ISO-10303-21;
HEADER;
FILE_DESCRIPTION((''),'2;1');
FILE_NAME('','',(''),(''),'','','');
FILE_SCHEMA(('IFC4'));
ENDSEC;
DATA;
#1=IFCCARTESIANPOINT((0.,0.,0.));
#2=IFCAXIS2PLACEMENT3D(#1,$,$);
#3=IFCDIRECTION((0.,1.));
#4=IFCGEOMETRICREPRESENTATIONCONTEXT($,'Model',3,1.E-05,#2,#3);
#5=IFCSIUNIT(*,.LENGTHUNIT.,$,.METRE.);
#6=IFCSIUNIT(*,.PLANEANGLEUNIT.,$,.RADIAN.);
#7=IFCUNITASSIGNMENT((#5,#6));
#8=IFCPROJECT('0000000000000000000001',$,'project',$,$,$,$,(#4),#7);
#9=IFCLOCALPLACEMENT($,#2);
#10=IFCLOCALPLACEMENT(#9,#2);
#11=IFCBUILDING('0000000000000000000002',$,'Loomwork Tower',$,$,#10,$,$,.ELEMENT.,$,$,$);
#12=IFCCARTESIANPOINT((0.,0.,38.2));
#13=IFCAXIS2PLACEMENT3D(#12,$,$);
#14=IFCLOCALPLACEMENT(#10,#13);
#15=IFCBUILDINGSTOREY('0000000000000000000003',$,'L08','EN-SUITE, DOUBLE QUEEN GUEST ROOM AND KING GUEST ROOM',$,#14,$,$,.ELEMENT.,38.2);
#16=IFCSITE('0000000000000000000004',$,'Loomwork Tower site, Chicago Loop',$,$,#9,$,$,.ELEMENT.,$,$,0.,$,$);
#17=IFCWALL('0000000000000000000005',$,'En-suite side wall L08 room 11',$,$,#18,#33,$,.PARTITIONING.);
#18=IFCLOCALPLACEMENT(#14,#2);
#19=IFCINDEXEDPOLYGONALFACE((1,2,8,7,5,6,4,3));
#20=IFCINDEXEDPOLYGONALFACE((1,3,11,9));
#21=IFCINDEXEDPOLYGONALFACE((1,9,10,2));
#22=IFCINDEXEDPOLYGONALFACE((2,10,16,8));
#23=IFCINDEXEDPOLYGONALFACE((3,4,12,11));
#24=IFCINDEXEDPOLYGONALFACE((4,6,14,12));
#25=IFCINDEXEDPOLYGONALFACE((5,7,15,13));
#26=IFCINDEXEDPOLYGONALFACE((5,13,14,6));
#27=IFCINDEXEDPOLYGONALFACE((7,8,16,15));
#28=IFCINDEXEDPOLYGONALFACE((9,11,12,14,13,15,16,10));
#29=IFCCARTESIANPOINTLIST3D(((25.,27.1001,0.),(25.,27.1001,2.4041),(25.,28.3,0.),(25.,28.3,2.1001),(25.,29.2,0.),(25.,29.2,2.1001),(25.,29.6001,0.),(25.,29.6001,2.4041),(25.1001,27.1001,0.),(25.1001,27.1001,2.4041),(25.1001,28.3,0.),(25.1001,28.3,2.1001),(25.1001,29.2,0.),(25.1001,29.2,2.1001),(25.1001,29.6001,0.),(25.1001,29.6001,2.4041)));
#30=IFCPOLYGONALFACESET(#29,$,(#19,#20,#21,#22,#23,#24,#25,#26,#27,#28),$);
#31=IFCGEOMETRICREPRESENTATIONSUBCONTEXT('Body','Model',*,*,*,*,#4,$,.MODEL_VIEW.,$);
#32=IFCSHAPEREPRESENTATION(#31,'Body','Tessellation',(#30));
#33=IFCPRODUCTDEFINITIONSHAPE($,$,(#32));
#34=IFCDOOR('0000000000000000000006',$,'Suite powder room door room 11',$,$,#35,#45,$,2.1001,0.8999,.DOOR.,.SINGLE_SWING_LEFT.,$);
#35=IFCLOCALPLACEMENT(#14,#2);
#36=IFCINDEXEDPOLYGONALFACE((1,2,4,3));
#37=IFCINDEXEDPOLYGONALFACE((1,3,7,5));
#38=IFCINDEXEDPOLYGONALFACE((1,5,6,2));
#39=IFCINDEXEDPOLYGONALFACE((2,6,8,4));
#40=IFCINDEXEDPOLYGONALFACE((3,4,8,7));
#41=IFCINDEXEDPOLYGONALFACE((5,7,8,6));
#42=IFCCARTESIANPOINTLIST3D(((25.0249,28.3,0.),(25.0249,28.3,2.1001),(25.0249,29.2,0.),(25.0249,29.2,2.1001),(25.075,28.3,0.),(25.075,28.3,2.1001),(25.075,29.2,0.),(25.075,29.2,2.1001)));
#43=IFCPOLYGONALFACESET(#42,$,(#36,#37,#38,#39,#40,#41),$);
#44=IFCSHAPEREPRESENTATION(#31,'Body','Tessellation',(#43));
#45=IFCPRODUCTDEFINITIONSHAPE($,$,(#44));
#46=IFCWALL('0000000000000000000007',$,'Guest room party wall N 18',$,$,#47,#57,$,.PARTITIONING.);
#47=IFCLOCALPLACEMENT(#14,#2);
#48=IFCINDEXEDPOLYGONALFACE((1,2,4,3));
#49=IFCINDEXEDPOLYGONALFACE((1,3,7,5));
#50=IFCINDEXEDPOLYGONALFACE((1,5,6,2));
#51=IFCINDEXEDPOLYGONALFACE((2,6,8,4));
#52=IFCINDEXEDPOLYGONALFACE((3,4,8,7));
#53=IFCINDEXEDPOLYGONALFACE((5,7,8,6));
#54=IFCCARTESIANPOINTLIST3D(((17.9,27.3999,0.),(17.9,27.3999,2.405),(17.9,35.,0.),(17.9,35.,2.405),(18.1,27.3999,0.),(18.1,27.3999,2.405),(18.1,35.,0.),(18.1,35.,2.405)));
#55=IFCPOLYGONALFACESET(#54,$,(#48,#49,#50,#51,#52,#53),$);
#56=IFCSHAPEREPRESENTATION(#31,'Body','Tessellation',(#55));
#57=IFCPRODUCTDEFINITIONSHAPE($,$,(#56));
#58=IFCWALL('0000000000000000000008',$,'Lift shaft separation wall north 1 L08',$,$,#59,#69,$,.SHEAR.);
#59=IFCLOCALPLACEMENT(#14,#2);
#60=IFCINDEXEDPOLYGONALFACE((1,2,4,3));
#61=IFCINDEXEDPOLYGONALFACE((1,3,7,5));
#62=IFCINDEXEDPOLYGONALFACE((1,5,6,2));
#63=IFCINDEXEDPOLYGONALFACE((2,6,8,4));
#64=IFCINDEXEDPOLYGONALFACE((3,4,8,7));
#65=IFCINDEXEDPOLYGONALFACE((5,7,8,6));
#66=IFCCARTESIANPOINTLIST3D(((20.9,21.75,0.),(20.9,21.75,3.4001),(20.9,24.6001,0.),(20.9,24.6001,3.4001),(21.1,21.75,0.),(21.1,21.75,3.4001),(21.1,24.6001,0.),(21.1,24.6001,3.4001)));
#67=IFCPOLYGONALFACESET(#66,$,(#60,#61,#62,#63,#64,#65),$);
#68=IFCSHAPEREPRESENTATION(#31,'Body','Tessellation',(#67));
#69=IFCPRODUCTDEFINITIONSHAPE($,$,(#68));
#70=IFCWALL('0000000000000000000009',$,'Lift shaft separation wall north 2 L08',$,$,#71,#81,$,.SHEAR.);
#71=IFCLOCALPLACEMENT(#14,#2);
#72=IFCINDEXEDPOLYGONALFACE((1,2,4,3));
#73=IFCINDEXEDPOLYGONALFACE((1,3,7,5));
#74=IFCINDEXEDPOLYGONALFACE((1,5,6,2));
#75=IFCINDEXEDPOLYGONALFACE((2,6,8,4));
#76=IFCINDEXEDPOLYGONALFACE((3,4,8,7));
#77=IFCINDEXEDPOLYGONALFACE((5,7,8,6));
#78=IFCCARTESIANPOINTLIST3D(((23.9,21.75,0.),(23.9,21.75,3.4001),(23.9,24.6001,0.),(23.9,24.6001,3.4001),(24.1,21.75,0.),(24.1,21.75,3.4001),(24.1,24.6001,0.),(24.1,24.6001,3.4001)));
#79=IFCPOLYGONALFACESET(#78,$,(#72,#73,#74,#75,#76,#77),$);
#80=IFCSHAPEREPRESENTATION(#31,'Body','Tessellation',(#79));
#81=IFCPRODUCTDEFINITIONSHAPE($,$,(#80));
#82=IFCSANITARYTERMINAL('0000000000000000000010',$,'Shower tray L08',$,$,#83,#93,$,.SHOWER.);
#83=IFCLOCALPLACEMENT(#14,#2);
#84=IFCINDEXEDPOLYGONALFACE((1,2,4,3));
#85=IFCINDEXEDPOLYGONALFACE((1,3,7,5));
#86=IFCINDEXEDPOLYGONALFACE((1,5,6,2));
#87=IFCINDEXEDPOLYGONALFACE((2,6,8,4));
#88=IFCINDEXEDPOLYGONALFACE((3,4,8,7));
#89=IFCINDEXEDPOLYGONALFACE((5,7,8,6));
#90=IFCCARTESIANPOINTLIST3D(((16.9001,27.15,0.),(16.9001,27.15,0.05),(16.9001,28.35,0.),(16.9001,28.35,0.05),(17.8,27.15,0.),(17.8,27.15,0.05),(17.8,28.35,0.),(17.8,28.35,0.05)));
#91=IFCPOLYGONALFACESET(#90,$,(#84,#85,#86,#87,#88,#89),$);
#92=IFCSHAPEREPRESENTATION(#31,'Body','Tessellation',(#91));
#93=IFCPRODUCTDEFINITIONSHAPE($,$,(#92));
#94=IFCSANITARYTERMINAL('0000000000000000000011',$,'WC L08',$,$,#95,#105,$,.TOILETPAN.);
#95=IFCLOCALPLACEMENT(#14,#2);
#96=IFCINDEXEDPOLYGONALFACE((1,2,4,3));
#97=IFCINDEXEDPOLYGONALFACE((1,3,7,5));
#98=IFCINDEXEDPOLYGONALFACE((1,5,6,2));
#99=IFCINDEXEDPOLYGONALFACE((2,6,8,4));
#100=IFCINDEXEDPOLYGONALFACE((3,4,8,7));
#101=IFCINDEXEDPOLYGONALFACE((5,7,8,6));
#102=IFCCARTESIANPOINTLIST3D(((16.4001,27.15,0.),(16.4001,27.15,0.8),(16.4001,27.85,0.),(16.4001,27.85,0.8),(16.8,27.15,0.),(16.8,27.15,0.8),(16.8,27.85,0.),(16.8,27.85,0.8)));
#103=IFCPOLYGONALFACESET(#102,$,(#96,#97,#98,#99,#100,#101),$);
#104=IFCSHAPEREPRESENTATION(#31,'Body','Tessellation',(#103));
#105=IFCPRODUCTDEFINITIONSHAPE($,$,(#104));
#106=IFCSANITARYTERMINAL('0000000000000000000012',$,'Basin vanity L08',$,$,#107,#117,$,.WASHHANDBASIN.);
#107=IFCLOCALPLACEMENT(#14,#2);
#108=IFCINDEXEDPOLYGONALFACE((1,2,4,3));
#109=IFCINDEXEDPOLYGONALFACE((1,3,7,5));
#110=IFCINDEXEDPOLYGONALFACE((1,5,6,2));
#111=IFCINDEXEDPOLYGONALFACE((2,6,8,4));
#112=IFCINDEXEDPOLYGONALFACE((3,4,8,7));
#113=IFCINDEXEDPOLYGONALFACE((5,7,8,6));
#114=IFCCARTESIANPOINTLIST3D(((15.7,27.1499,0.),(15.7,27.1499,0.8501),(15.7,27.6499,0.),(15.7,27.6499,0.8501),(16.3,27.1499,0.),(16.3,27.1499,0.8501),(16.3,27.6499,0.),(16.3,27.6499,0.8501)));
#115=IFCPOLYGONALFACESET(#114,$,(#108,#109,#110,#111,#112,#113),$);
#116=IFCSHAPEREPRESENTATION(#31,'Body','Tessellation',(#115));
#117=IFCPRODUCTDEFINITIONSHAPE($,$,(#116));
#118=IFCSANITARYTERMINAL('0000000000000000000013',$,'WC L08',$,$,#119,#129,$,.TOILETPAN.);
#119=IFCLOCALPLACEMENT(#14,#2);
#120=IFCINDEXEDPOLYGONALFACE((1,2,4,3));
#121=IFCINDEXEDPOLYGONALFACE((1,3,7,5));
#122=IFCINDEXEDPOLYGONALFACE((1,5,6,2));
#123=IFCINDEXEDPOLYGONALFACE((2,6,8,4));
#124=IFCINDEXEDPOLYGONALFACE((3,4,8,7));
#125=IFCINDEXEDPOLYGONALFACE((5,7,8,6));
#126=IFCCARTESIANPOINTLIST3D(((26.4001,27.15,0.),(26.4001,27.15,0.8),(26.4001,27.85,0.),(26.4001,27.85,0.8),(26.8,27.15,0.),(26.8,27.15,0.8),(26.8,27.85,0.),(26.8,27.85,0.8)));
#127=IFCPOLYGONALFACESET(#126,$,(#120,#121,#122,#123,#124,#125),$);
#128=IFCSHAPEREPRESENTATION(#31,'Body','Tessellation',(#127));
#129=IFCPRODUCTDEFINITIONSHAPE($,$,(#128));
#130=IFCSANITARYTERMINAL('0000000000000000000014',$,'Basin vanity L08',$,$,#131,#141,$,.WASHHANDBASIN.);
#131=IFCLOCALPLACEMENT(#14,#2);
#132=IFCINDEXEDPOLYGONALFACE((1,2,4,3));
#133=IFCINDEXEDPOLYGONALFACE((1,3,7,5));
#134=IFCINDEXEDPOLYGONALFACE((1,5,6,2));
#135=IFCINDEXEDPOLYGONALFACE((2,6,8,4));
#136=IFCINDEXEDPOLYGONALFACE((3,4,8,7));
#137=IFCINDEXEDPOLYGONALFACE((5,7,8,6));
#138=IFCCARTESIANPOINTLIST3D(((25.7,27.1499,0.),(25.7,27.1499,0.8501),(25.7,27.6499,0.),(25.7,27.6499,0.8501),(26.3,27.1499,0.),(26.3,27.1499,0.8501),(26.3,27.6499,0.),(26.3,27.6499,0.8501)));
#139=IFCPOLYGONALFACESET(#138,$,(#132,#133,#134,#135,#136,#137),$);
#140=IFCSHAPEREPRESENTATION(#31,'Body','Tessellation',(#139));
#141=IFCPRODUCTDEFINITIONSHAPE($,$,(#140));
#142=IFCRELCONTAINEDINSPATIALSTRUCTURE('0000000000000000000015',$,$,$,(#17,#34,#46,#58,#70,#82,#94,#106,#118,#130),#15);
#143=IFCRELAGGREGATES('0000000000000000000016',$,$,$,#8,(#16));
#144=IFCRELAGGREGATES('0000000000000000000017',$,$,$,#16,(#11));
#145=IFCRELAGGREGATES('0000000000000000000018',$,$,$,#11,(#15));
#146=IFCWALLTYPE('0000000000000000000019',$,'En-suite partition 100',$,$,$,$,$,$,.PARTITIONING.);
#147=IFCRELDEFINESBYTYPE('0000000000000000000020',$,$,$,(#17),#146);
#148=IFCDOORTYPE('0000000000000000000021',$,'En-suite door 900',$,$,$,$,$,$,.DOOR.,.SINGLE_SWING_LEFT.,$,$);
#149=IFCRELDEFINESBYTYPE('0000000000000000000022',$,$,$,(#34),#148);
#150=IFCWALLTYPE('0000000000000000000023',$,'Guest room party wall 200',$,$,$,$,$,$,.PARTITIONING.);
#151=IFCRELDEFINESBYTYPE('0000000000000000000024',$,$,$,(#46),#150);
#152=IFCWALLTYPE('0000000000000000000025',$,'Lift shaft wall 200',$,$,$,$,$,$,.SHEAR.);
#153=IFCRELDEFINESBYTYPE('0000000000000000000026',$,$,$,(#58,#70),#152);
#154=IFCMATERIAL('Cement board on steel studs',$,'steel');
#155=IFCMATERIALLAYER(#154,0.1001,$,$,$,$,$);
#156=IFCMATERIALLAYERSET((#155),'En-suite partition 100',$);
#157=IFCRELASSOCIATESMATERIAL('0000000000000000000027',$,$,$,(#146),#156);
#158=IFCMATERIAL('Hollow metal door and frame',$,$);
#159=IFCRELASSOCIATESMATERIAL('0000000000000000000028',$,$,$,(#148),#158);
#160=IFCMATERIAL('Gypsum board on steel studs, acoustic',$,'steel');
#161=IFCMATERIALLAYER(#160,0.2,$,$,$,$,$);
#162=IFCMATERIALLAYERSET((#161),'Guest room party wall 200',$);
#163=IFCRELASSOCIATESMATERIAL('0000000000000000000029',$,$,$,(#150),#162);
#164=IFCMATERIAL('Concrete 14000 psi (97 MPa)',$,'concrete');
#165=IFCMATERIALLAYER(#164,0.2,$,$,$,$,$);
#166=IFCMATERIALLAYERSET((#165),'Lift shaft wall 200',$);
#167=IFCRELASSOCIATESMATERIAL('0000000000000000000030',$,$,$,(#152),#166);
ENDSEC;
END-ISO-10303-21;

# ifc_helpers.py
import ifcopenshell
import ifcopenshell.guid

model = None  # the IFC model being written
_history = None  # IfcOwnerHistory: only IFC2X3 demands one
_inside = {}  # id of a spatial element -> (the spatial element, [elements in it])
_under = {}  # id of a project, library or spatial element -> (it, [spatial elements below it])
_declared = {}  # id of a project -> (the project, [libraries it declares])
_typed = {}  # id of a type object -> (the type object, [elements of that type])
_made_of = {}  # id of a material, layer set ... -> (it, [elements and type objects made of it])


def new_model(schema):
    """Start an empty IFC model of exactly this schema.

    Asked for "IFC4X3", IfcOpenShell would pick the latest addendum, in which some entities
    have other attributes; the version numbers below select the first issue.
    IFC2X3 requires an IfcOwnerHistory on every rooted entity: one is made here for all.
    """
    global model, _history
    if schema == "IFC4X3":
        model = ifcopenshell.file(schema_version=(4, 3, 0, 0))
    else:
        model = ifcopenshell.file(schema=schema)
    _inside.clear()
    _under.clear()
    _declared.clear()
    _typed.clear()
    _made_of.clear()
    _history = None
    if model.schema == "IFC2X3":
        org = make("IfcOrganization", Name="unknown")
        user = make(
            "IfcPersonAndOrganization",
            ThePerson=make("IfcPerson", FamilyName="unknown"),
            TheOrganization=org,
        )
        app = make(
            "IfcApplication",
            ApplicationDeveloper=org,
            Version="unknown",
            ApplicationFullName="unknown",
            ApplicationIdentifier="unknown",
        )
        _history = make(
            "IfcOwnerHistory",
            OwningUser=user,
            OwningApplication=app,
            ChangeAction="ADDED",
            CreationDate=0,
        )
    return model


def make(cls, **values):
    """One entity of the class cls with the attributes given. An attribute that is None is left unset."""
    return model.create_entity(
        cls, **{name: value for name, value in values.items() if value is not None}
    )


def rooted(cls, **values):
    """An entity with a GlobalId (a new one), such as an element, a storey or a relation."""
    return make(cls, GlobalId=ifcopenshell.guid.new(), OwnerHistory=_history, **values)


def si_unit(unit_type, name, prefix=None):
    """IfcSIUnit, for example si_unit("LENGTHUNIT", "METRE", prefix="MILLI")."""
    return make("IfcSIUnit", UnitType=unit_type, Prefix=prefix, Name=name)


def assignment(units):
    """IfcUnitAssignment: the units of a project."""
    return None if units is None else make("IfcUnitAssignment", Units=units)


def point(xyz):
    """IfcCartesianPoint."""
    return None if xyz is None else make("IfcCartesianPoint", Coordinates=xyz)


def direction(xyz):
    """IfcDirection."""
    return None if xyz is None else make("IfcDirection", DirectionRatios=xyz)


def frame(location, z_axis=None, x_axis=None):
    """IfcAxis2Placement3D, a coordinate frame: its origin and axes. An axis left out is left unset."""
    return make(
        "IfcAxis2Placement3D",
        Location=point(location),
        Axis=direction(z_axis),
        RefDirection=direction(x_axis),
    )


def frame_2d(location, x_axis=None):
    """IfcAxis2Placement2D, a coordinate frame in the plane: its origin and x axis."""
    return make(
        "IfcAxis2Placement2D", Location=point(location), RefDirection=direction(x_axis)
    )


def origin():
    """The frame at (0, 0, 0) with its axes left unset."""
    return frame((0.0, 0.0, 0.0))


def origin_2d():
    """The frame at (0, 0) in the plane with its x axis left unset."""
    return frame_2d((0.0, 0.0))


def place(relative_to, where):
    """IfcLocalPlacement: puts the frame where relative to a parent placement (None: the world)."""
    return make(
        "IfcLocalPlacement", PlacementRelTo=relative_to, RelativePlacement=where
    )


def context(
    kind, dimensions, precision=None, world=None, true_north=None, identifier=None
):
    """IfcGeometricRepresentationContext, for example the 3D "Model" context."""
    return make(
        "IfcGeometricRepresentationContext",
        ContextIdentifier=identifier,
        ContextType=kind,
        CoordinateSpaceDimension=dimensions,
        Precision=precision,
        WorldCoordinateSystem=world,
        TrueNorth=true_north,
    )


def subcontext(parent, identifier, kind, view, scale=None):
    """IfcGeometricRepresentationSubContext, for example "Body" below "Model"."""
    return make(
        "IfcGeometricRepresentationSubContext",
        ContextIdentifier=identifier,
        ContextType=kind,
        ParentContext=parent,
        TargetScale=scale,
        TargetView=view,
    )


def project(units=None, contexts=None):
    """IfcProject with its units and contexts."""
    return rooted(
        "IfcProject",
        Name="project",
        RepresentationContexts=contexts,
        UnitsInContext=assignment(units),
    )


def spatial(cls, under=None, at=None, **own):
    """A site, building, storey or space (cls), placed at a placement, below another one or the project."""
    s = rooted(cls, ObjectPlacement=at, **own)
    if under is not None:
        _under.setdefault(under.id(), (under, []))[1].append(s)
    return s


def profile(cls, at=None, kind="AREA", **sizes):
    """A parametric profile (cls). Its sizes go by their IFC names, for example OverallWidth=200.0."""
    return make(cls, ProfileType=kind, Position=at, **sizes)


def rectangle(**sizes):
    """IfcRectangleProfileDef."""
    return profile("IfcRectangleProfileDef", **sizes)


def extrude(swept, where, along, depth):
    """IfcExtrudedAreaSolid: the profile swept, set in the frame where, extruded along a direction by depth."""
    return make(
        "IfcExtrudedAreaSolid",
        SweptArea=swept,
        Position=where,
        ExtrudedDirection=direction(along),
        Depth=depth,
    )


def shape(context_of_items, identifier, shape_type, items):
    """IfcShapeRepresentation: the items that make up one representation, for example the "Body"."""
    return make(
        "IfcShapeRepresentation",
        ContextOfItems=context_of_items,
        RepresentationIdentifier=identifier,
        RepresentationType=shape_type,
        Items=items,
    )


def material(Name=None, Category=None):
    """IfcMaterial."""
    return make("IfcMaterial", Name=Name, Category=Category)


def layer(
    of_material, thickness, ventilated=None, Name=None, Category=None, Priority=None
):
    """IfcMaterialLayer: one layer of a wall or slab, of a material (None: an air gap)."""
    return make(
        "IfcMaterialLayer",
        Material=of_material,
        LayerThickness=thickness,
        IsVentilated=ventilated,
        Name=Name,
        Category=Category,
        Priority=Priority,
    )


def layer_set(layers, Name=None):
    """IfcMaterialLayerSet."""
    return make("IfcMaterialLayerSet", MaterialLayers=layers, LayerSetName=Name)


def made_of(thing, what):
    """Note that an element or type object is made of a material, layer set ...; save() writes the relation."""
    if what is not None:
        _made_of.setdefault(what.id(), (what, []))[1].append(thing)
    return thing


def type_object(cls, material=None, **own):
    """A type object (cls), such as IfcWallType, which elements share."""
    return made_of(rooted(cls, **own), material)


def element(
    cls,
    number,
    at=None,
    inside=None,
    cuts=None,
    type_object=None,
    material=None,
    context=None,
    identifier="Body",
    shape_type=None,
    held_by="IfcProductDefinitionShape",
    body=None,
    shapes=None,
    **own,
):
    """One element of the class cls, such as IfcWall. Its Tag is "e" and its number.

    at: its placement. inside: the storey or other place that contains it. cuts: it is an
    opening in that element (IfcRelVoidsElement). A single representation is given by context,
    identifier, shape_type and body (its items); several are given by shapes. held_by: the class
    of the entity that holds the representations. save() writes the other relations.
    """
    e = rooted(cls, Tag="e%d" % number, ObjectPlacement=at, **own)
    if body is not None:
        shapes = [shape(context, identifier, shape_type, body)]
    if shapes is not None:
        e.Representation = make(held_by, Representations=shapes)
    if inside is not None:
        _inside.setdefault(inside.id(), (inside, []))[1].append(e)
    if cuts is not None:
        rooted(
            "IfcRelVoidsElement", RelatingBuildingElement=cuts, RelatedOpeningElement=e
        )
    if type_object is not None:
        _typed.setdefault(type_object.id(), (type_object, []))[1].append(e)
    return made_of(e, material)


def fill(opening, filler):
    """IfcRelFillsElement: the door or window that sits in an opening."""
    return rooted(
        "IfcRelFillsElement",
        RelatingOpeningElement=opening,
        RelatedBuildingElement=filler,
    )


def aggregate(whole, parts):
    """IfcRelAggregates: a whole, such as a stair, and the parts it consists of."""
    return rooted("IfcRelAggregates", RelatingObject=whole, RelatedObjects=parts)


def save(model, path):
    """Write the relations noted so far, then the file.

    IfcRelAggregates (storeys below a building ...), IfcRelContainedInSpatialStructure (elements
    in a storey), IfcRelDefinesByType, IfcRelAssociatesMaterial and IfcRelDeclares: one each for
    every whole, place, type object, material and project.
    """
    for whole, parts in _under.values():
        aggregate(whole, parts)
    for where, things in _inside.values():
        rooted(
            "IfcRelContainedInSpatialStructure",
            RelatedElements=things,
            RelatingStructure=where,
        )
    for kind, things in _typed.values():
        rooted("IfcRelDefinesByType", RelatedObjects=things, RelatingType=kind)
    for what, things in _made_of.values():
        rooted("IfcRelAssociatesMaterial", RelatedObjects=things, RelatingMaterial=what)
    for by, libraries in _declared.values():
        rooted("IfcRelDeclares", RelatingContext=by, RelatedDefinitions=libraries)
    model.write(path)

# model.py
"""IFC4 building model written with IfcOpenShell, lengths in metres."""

from ifc_helpers import new_model, si_unit, direction, frame, frame_2d, origin, origin_2d, place, context, subcontext, project, spatial, rectangle, extrude, material, layer, layer_set, type_object, element, fill, save


model = new_model("IFC4")

# Units and contexts
model_context = context("Model", 3, precision=1e-05, world=origin(), true_north=direction((0.0, 1.0)))
body_context = subcontext(model_context, "Body", "Model", "MODEL_VIEW")
ifc_project = project(units=[si_unit("LENGTHUNIT", "METRE"), si_unit("PLANEANGLEUNIT", "RADIAN")], contexts=[model_context])

# Site, building, storey
site_placement = place(None, origin())
site = spatial("IfcSite", under=ifc_project, at=site_placement, Name="Loomwork Tower site, Chicago Loop", CompositionType="ELEMENT", RefElevation=0.0)
building_placement = place(site_placement, origin())
building = spatial("IfcBuilding", under=site, at=building_placement, Name="Loomwork Tower", CompositionType="ELEMENT")
storey_placement = place(building_placement, frame((0.0, 0.0, 38.2)))
storey = spatial("IfcBuildingStorey", under=building, at=storey_placement, Name="L08", Description="EN-SUITE, DOUBLE QUEEN GUEST ROOM AND KING GUEST ROOM", CompositionType="ELEMENT", Elevation=38.2)

# Shared definitions
ifc_material_1 = material(Name="Cement board on steel studs", Category="steel")
ifc_layer_1 = layer(ifc_material_1, 0.1001)
ifc_layer_set_1 = layer_set([ifc_layer_1], Name="En-suite partition 100")
wall_type_1 = type_object("IfcWallType", Name="En-suite partition 100", PredefinedType="PARTITIONING", material=ifc_layer_set_1)

# Wall, opening, door
wall_1_placement = place(storey_placement, frame((25.05, 27.1001, 0.0), z_axis=(0.0, 0.0, 1.0), x_axis=(0.0, 1.0, 0.0)))
wall_1 = element("IfcWall", 1, at=wall_1_placement, inside=storey, type_object=wall_type_1, Name="En-suite side wall L08 room 11", PredefinedType="PARTITIONING", context=body_context, shape_type="SweptSolid", body=[
    extrude(rectangle(XDim=2.5, YDim=0.1001, at=frame_2d((1.25, 0.0))), origin(), (0.0, 0.0, 1.0), 2.4041),
])
opening_1_placement = place(wall_1_placement, frame((1.2, 0.0, 0.0)))
opening_1 = element("IfcOpeningElement", 2, at=opening_1_placement, cuts=wall_1, PredefinedType="OPENING", context=body_context, shape_type="SweptSolid", body=[
    extrude(rectangle(XDim=0.8999, YDim=2.1001, at=frame_2d((0.45, 1.05))), frame((0.0, 0.0601, 0.0), z_axis=(0.0, -1.0, 0.0), x_axis=(1.0, 0.0, 0.0)), (0.0, 0.0, 1.0), 0.1201),
])
ifc_material_2 = material(Name="Hollow metal door and frame")
door_type_1 = type_object("IfcDoorType", Name="En-suite door 900", OperationType="SINGLE_SWING_LEFT", PredefinedType="DOOR", material=ifc_material_2)
door_1_placement = place(opening_1_placement, frame((0.8999, 0.0, 0.0), z_axis=(0.0, 0.0, 1.0), x_axis=(-1.0, 0.0, 0.0)))
door_1 = element("IfcDoor", 3, at=door_1_placement, inside=storey, type_object=door_type_1, Name="Suite powder room door room 11", OperationType="SINGLE_SWING_LEFT", OverallHeight=2.1001, OverallWidth=0.8999, PredefinedType="DOOR", context=body_context, shape_type="SweptSolid", body=[
    extrude(rectangle(XDim=0.8999, YDim=2.1001, at=frame_2d((0.45, 1.05))), frame((0.0, 0.0249, 0.0), z_axis=(0.0, -1.0, 0.0), x_axis=(1.0, 0.0, 0.0)), (0.0, 0.0, 1.0), 0.05),
])
fill(opening_1, door_1)

# Walls
ifc_material_3 = material(Name="Gypsum board on steel studs, acoustic", Category="steel")
ifc_layer_2 = layer(ifc_material_3, 0.2)
ifc_layer_set_2 = layer_set([ifc_layer_2], Name="Guest room party wall 200")
wall_type_2 = type_object("IfcWallType", Name="Guest room party wall 200", PredefinedType="PARTITIONING", material=ifc_layer_set_2)
wall_2_placement = place(storey_placement, frame((18.0, 27.3999, 0.0), z_axis=(0.0, 0.0, 1.0), x_axis=(0.0, 1.0, 0.0)))
element("IfcWall", 4, at=wall_2_placement, inside=storey, type_object=wall_type_2, Name="Guest room party wall N 18", PredefinedType="PARTITIONING", context=body_context, shape_type="SweptSolid", body=[
    extrude(rectangle(XDim=7.6001, YDim=0.2, at=frame_2d((3.8, 0.0))), origin(), (0.0, 0.0, 1.0), 2.405),
])
ifc_material_4 = material(Name="Concrete 14000 psi (97 MPa)", Category="concrete")
ifc_layer_3 = layer(ifc_material_4, 0.2)
ifc_layer_set_3 = layer_set([ifc_layer_3], Name="Lift shaft wall 200")
wall_type_3 = type_object("IfcWallType", Name="Lift shaft wall 200", PredefinedType="SHEAR", material=ifc_layer_set_3)
for number, where, z_axis, x_axis, name in (
    (5, (21.0, 21.75, 0.0), (0.0, 0.0, 1.0), (0.0, 1.0, 0.0), "Lift shaft separation wall north 1 L08"),
    (6, (24.0, 21.75, 0.0), (0.0, 0.0, 1.0), (0.0, 1.0, 0.0), "Lift shaft separation wall north 2 L08"),
):
    element("IfcWall", number, at=place(storey_placement, frame(where, z_axis=z_axis, x_axis=x_axis)), inside=storey, type_object=wall_type_3, Name=name, PredefinedType="SHEAR", context=body_context, shape_type="SweptSolid", body=[
        extrude(rectangle(XDim=2.8501, YDim=0.2, at=frame_2d((1.425, 0.0))), origin(), (0.0, 0.0, 1.0), 3.4001),
    ])

# Sanitary terminals
sanitary_terminal_1_placement = place(storey_placement, frame((17.3501, 27.75, 0.0), z_axis=(0.0, 0.0, 1.0), x_axis=(1.0, 0.0, 0.0)))
element("IfcSanitaryTerminal", 7, at=sanitary_terminal_1_placement, inside=storey, Name="Shower tray L08", PredefinedType="SHOWER", context=body_context, shape_type="SweptSolid", body=[
    extrude(rectangle(XDim=0.8999, YDim=1.2, at=origin_2d()), origin(), (0.0, 0.0, 1.0), 0.05),
])
sanitary_terminal_2_placement = place(storey_placement, frame((16.6001, 27.5, 0.0), z_axis=(0.0, 0.0, 1.0), x_axis=(1.0, 0.0, 0.0)))
element("IfcSanitaryTerminal", 8, at=sanitary_terminal_2_placement, inside=storey, Name="WC L08", PredefinedType="TOILETPAN", context=body_context, shape_type="SweptSolid", body=[
    extrude(rectangle(XDim=0.3999, YDim=0.7, at=origin_2d()), origin(), (0.0, 0.0, 1.0), 0.8),
])
sanitary_terminal_3_placement = place(storey_placement, frame((16.0, 27.3999, 0.0), z_axis=(0.0, 0.0, 1.0), x_axis=(1.0, 0.0, 0.0)))
element("IfcSanitaryTerminal", 9, at=sanitary_terminal_3_placement, inside=storey, Name="Basin vanity L08", PredefinedType="WASHHANDBASIN", context=body_context, shape_type="SweptSolid", body=[
    extrude(rectangle(XDim=0.6001, YDim=0.5, at=origin_2d()), origin(), (0.0, 0.0, 1.0), 0.8501),
])
sanitary_terminal_4_placement = place(storey_placement, frame((26.6001, 27.5, 0.0), z_axis=(0.0, 0.0, 1.0), x_axis=(1.0, 0.0, 0.0)))
element("IfcSanitaryTerminal", 10, at=sanitary_terminal_4_placement, inside=storey, Name="WC L08", PredefinedType="TOILETPAN", context=body_context, shape_type="SweptSolid", body=[
    extrude(rectangle(XDim=0.3999, YDim=0.7, at=origin_2d()), origin(), (0.0, 0.0, 1.0), 0.8),
])
sanitary_terminal_5_placement = place(storey_placement, frame((26.0, 27.3999, 0.0), z_axis=(0.0, 0.0, 1.0), x_axis=(1.0, 0.0, 0.0)))
element("IfcSanitaryTerminal", 11, at=sanitary_terminal_5_placement, inside=storey, Name="Basin vanity L08", PredefinedType="WASHHANDBASIN", context=body_context, shape_type="SweptSolid", body=[
    extrude(rectangle(XDim=0.6001, YDim=0.5, at=origin_2d()), origin(), (0.0, 0.0, 1.0), 0.8501),
])

save(model, "model.ifc")
